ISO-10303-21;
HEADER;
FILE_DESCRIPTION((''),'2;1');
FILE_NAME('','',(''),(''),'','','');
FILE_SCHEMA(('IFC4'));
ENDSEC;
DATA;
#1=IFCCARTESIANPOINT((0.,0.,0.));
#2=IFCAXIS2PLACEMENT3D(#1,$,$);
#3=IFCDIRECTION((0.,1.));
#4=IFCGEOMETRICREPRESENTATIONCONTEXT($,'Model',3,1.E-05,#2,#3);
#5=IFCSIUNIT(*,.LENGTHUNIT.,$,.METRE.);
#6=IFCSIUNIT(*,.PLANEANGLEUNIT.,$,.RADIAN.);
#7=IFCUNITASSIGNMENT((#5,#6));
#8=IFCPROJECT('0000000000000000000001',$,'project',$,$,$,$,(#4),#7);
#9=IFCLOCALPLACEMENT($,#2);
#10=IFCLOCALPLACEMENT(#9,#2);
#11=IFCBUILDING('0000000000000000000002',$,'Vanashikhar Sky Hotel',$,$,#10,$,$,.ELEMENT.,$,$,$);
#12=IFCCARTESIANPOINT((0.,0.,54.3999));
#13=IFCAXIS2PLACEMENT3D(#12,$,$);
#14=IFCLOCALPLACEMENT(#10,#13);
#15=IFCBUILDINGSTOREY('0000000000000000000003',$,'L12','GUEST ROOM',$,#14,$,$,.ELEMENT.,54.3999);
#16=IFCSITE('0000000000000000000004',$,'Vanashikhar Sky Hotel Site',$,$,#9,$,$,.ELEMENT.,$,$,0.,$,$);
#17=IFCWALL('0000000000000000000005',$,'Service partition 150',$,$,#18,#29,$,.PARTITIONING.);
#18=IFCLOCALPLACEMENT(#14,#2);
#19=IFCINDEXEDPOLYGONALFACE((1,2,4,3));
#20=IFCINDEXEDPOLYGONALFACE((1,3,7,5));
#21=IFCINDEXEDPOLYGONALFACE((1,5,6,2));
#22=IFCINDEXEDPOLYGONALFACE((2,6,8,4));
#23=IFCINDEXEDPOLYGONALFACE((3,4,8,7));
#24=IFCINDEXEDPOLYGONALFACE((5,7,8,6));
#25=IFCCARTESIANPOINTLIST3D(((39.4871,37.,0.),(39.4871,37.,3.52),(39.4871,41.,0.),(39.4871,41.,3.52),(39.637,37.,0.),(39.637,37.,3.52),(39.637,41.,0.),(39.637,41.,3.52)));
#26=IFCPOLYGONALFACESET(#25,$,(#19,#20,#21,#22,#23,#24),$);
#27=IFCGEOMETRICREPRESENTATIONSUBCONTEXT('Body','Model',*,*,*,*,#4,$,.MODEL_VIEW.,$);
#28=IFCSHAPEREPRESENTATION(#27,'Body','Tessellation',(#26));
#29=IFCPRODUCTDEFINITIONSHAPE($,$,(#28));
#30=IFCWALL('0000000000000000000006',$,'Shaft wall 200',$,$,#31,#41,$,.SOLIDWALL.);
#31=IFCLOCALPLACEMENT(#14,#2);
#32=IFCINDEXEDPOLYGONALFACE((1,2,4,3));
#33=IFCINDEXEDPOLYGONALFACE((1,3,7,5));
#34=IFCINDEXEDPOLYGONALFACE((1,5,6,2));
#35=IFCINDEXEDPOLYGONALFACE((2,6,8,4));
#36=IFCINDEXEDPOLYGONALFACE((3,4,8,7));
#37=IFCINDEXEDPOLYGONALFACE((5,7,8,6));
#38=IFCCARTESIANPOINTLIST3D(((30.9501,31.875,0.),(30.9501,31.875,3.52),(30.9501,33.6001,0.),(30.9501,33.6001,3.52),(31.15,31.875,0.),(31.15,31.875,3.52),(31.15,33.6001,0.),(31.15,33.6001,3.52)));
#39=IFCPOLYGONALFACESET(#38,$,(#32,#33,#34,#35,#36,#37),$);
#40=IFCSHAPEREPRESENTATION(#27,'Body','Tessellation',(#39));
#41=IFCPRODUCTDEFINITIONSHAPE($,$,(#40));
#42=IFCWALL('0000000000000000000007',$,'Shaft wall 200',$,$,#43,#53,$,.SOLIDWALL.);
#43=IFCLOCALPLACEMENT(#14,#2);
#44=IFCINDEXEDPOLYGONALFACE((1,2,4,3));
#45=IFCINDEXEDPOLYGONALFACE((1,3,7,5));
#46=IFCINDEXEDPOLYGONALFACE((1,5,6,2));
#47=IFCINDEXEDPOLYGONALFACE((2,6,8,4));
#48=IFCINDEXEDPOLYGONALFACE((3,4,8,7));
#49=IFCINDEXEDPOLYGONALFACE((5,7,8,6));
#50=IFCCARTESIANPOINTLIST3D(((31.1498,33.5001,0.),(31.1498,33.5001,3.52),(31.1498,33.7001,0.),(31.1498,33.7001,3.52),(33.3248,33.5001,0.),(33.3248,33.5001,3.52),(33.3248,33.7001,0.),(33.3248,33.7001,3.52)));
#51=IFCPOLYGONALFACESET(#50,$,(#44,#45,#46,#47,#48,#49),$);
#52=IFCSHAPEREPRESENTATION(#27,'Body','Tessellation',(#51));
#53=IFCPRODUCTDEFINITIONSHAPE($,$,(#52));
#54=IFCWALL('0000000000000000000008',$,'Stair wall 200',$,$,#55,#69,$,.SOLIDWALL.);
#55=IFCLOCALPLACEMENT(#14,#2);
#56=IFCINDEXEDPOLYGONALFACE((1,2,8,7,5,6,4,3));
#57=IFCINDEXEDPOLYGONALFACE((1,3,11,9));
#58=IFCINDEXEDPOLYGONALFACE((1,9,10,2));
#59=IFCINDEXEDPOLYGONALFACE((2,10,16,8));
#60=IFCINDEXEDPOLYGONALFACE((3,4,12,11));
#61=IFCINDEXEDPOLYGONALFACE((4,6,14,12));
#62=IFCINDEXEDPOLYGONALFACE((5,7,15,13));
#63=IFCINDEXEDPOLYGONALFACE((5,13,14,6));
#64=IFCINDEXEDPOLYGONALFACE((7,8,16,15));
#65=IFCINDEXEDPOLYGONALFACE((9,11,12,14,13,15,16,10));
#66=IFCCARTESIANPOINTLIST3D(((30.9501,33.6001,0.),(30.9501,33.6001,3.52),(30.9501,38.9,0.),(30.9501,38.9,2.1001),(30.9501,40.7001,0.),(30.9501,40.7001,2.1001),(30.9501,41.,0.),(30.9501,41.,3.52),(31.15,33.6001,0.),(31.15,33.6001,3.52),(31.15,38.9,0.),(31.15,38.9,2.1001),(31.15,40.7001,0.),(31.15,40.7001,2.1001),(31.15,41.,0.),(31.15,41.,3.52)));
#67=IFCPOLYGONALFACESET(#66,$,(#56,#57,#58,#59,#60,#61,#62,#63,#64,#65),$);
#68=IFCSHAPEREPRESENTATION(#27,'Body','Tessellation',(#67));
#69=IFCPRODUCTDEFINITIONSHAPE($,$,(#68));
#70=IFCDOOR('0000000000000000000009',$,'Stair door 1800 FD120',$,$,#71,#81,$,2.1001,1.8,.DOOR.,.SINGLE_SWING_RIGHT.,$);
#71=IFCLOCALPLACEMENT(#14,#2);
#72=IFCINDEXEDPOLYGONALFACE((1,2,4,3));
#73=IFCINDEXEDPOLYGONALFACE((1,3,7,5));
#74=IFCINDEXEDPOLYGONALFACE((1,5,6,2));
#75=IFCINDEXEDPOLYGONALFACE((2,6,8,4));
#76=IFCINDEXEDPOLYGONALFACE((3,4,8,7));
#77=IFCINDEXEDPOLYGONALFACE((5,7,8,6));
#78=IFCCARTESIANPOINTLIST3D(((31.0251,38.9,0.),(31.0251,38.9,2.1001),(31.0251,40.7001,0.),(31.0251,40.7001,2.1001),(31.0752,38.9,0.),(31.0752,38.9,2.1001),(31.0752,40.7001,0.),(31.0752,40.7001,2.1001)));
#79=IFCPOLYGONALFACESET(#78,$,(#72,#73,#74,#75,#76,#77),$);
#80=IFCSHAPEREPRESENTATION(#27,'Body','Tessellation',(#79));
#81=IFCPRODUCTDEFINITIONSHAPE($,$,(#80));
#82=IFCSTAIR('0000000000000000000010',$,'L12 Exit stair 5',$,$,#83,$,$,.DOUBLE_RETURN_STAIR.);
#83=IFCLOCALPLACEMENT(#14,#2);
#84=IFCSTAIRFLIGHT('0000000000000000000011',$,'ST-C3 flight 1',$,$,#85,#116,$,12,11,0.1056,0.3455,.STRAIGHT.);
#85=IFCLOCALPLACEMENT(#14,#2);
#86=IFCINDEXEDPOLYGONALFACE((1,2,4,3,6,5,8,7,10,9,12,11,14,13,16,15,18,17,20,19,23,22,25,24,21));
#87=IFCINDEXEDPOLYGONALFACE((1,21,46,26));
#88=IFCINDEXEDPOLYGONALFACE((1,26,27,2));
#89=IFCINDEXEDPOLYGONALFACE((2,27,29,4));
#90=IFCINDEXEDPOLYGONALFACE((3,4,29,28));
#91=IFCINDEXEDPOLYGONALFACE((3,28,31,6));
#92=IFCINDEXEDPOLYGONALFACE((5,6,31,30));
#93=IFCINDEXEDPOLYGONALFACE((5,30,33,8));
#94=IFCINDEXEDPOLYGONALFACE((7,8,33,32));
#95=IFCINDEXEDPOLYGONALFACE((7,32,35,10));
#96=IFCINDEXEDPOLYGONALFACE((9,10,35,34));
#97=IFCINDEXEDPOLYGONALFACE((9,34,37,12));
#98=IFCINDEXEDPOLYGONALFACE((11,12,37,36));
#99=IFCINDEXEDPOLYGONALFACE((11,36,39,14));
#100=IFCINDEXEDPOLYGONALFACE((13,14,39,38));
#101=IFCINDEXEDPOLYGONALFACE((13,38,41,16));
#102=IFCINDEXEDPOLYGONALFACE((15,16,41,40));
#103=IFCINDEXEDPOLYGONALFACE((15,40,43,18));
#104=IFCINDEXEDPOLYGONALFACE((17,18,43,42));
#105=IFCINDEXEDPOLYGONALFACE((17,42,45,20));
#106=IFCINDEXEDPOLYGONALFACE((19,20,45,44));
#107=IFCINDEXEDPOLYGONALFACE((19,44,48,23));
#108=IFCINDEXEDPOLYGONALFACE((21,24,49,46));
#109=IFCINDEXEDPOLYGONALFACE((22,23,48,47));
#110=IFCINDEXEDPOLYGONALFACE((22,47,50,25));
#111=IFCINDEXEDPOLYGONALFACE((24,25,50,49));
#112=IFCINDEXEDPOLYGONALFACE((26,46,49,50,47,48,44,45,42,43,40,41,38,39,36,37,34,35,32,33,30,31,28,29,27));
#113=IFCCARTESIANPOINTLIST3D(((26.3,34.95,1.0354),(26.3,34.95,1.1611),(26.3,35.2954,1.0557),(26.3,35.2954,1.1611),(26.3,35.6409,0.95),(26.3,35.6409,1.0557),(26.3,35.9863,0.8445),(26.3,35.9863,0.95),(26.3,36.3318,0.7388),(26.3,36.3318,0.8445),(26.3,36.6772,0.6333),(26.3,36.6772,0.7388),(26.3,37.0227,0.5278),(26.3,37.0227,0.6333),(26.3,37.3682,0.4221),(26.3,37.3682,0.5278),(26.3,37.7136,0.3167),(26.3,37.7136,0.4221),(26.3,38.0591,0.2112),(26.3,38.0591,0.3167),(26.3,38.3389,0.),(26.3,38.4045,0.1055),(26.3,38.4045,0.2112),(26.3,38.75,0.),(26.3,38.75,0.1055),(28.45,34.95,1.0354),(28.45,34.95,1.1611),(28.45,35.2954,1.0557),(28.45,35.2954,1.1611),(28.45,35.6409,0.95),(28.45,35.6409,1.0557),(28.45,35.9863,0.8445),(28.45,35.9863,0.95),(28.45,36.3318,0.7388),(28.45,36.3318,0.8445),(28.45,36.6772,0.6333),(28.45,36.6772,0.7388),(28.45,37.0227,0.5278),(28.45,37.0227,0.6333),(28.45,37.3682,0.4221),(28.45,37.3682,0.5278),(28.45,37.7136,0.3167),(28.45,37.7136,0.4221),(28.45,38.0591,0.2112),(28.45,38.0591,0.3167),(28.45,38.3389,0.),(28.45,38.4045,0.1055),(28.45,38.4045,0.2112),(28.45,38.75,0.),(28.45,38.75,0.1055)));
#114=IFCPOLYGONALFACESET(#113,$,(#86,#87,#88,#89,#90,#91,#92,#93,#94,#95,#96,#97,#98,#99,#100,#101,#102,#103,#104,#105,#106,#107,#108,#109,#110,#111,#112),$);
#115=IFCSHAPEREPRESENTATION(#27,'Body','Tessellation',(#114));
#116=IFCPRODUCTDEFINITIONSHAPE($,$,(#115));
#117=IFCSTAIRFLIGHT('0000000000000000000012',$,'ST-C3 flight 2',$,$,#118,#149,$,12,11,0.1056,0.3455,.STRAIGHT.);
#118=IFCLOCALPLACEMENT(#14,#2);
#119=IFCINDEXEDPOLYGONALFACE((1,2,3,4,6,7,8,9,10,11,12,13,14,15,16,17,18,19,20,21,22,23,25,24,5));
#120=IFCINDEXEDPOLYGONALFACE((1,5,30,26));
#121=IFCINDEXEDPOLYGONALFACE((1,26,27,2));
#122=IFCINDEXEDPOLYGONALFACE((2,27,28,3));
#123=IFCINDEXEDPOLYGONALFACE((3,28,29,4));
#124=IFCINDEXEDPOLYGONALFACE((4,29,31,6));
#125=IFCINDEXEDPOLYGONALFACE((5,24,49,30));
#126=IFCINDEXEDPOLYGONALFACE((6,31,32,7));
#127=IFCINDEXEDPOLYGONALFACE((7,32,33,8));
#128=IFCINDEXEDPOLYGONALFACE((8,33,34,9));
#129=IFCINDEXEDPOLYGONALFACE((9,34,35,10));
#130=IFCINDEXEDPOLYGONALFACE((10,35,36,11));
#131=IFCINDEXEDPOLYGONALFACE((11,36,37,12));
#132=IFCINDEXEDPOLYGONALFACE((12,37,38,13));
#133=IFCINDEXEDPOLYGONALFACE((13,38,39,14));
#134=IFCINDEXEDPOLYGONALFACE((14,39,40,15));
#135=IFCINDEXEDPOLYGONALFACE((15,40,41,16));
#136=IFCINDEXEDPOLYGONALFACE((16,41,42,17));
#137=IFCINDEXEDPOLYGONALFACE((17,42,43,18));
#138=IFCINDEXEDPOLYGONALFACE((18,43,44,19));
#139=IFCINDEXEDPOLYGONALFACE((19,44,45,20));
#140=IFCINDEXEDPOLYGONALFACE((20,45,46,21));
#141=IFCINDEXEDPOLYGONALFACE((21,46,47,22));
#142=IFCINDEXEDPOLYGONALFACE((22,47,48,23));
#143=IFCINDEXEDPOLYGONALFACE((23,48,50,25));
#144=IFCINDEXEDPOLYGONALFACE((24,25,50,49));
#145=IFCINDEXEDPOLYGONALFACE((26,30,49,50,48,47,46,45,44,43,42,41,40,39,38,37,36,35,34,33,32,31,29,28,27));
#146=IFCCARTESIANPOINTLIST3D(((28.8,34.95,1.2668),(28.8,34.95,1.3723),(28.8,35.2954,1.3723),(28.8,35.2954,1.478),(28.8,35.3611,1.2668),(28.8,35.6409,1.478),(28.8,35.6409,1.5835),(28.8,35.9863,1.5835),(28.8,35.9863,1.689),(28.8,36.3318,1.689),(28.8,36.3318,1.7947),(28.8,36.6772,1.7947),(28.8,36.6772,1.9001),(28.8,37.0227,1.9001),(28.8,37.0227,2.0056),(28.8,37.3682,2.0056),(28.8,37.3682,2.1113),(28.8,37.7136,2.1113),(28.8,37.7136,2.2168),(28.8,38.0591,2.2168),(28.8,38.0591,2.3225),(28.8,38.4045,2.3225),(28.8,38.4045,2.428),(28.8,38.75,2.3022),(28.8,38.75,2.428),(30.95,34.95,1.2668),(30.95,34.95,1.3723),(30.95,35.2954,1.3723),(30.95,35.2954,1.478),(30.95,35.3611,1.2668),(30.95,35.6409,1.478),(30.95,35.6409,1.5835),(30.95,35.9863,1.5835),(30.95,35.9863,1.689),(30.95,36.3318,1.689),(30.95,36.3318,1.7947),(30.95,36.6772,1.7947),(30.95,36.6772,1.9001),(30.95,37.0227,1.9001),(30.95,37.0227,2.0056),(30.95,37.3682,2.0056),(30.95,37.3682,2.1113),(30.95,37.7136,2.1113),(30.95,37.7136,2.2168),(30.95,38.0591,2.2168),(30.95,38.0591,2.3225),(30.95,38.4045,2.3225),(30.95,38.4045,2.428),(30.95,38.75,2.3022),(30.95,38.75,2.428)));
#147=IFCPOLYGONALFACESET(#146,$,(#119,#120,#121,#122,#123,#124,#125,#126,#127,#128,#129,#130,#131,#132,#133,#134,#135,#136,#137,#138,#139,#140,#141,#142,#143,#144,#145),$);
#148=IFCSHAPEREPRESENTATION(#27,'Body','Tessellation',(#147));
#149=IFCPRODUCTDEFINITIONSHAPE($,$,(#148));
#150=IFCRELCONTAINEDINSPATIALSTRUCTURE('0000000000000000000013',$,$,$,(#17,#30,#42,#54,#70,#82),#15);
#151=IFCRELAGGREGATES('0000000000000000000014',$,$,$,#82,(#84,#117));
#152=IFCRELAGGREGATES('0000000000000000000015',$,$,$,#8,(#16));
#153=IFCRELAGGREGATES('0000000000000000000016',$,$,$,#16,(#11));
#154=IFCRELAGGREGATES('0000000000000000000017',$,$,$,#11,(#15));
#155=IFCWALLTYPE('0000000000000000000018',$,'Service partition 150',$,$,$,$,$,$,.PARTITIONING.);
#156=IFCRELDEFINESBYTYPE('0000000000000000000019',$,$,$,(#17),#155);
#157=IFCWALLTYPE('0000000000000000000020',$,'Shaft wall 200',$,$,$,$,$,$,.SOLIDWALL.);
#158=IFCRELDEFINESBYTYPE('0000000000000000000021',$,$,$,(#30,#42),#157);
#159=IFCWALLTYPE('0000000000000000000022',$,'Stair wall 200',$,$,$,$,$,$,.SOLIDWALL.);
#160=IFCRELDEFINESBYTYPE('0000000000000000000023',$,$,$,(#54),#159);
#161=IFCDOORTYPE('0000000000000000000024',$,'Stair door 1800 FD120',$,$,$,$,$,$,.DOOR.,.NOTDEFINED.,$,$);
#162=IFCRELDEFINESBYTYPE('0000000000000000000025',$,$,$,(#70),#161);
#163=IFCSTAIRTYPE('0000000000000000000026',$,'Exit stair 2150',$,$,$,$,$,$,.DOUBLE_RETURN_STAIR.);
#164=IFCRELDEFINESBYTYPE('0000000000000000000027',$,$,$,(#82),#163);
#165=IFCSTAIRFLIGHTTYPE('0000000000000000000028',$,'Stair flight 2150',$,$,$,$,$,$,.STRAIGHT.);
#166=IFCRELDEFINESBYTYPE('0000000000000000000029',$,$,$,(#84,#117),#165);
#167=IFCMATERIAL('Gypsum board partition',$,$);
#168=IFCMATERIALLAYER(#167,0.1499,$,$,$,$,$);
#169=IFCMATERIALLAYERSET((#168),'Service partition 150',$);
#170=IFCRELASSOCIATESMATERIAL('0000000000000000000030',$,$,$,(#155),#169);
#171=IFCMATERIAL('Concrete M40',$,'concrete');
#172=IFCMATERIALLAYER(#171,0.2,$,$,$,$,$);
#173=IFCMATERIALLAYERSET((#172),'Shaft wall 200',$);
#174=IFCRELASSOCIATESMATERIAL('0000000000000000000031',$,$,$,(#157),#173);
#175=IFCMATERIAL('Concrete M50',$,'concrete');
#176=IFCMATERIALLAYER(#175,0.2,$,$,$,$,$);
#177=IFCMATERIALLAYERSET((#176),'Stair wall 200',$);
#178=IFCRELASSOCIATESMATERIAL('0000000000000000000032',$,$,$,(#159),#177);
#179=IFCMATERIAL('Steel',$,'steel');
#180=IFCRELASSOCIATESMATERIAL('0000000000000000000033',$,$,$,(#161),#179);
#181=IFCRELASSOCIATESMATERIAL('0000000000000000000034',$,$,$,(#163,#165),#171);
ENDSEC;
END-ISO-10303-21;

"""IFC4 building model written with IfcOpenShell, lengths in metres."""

from ifc_helpers import new_model, si_unit, direction, frame, frame_2d, origin, place, context, subcontext, project, spatial, polyline, rectangle, outline, extrude, source, transform, mapped, material, layer, layer_set, type_object, element, fill, aggregate, save


model = new_model("IFC4")

# Units and contexts
model_context = context("Model", 3, precision=1e-05, world=origin(), true_north=direction((0.0, 1.0)))
body_context = subcontext(model_context, "Body", "Model", "MODEL_VIEW")
ifc_project = project(units=[si_unit("LENGTHUNIT", "METRE"), si_unit("PLANEANGLEUNIT", "RADIAN")], contexts=[model_context])

# Site, building, storey
site_placement = place(None, origin())
site = spatial("IfcSite", under=ifc_project, at=site_placement, Name="Vanashikhar Sky Hotel Site", CompositionType="ELEMENT", RefElevation=0.0)
building_placement = place(site_placement, origin())
building = spatial("IfcBuilding", under=site, at=building_placement, Name="Vanashikhar Sky Hotel", CompositionType="ELEMENT")
storey_placement = place(building_placement, frame((0.0, 0.0, 54.3999)))
storey = spatial("IfcBuildingStorey", under=building, at=storey_placement, Name="L12", Description="GUEST ROOM", CompositionType="ELEMENT", Elevation=54.3999)

# Shared definitions
ifc_material_1 = material(Name="Steel", Category="steel")
ifc_material_2 = material(Name="Gypsum board partition")
ifc_layer_1 = layer(ifc_material_2, 0.1499)
ifc_layer_set_1 = layer_set([ifc_layer_1], Name="Service partition 150")
wall_type_1 = type_object("IfcWallType", Name="Service partition 150", PredefinedType="PARTITIONING", material=ifc_layer_set_1)

# Walls
shared_shape_1 = source(origin(), body_context, "Body", "SweptSolid", [
    extrude(rectangle(XDim=4.0, YDim=0.1499, at=frame_2d((2.0, 0.0))), origin(), (0.0, 0.0, 1.0), 3.52),
])
for number, where, z_axis, x_axis, name in (
    (1, (39.562, 37.0, 0.0), (0.0, 0.0, 1.0), (0.0, 1.0, 0.0), "Service partition 150"),
):
    element("IfcWall", number, at=place(storey_placement, frame(where, z_axis=z_axis, x_axis=x_axis)), inside=storey, type_object=wall_type_1, Name=name, PredefinedType="PARTITIONING", context=body_context, shape_type="MappedRepresentation", body=[
        mapped(shared_shape_1, transform((0.0, 0.0, 0.0), scale=1.0)),
    ])
ifc_material_3 = material(Name="Concrete M40", Category="concrete")
ifc_layer_2 = layer(ifc_material_3, 0.2)
ifc_layer_set_2 = layer_set([ifc_layer_2], Name="Shaft wall 200")
wall_type_2 = type_object("IfcWallType", Name="Shaft wall 200", PredefinedType="SOLIDWALL", material=ifc_layer_set_2)
shared_shape_2 = source(origin(), body_context, "Body", "SweptSolid", [
    extrude(rectangle(XDim=1.7251, YDim=0.2, at=frame_2d((0.8625, 0.0))), origin(), (0.0, 0.0, 1.0), 3.52),
])
wall_1_placement = place(storey_placement, frame((31.05, 31.875, 0.0), z_axis=(0.0, 0.0, 1.0), x_axis=(0.0, 1.0, 0.0)))
element("IfcWall", 2, at=wall_1_placement, inside=storey, type_object=wall_type_2, Name="Shaft wall 200", PredefinedType="SOLIDWALL", context=body_context, shape_type="MappedRepresentation", body=[
    mapped(shared_shape_2, transform((0.0, 0.0, 0.0), scale=1.0)),
])
shared_shape_3 = source(origin(), body_context, "Body", "SweptSolid", [
    extrude(rectangle(XDim=2.175, YDim=0.2, at=frame_2d((1.0874, 0.0))), origin(), (0.0, 0.0, 1.0), 3.52),
])
wall_2_placement = place(storey_placement, frame((31.1499, 33.6001, 0.0), z_axis=(0.0, 0.0, 1.0), x_axis=(1.0, 0.0, 0.0)))
element("IfcWall", 3, at=wall_2_placement, inside=storey, type_object=wall_type_2, Name="Shaft wall 200", PredefinedType="SOLIDWALL", context=body_context, shape_type="MappedRepresentation", body=[
    mapped(shared_shape_3, transform((0.0, 0.0, 0.0), scale=1.0)),
])

# Wall, opening, door
ifc_material_4 = material(Name="Concrete M50", Category="concrete")
ifc_layer_3 = layer(ifc_material_4, 0.2)
ifc_layer_set_3 = layer_set([ifc_layer_3], Name="Stair wall 200")
wall_type_3 = type_object("IfcWallType", Name="Stair wall 200", PredefinedType="SOLIDWALL", material=ifc_layer_set_3)
shared_shape_4 = source(origin(), body_context, "Body", "SweptSolid", [
    extrude(rectangle(XDim=7.3999, YDim=0.2, at=frame_2d((3.7, 0.0))), origin(), (0.0, 0.0, 1.0), 3.52),
])
wall_3_placement = place(storey_placement, frame((31.05, 33.6001, 0.0), z_axis=(0.0, 0.0, 1.0), x_axis=(0.0, 1.0, 0.0)))
wall_3 = element("IfcWall", 4, at=wall_3_placement, inside=storey, type_object=wall_type_3, Name="Stair wall 200", PredefinedType="SOLIDWALL", context=body_context, shape_type="MappedRepresentation", body=[
    mapped(shared_shape_4, transform((0.0, 0.0, 0.0), scale=1.0)),
])
shared_shape_5 = source(origin(), body_context, "Body", "SweptSolid", [
    extrude(rectangle(XDim=1.8, YDim=2.1001, at=frame_2d((0.8999, 1.05))), frame((0.0, 0.1099, 0.0), z_axis=(0.0, -1.0, 0.0), x_axis=(1.0, 0.0, 0.0)), (0.0, 0.0, 1.0), 0.22),
])
opening_1_placement = place(wall_3_placement, frame((5.3, 0.0, 0.0)))
opening_1 = element("IfcOpeningElement", 5, at=opening_1_placement, cuts=wall_3, PredefinedType="OPENING", context=body_context, shape_type="MappedRepresentation", body=[
    mapped(shared_shape_5, transform((0.0, 0.0, 0.0), scale=1.0)),
])
door_type_1 = type_object("IfcDoorType", Name="Stair door 1800 FD120", OperationType="NOTDEFINED", PredefinedType="DOOR", material=ifc_material_1)
shared_shape_6 = source(origin(), body_context, "Body", "SweptSolid", [
    extrude(rectangle(XDim=1.8, YDim=2.1001, at=frame_2d((0.8999, 1.05))), frame((0.0, 0.0249, 0.0), z_axis=(0.0, -1.0, 0.0), x_axis=(1.0, 0.0, 0.0)), (0.0, 0.0, 1.0), 0.05),
])
door_1_placement = place(opening_1_placement, origin())
door_1 = element("IfcDoor", 6, at=door_1_placement, inside=storey, type_object=door_type_1, Name="Stair door 1800 FD120", OperationType="SINGLE_SWING_RIGHT", OverallHeight=2.1001, OverallWidth=1.8, PredefinedType="DOOR", context=body_context, shape_type="MappedRepresentation", body=[
    mapped(shared_shape_6, transform((0.0, 0.0, 0.0), scale=1.0)),
])
fill(opening_1, door_1)

# Stair, stair flights
stair_type = type_object("IfcStairType", Name="Exit stair 2150", PredefinedType="DOUBLE_RETURN_STAIR", material=ifc_material_3)
stair_placement = place(storey_placement, origin())
stair = element("IfcStair", 7, at=stair_placement, inside=storey, type_object=stair_type, Name="L12 Exit stair 5", PredefinedType="DOUBLE_RETURN_STAIR")
stair_flight_type = type_object("IfcStairFlightType", Name="Stair flight 2150", PredefinedType="STRAIGHT", material=ifc_material_3)
shared_shape_7 = source(origin(), body_context, "Body", "SweptSolid", [
    extrude(outline(polyline([(0.0, 0.0), (0.0, 0.1055), (0.3455, 0.1055), (0.3455, 0.2112), (0.6909, 0.2112), (0.6909, 0.3167), (1.0364, 0.3167), (1.0364, 0.4221), (1.3818, 0.4221), (1.3818, 0.5278), (1.7273, 0.5278), (1.7273, 0.6333), (2.0728, 0.6333), (2.0728, 0.7388), (2.4182, 0.7388), (2.4182, 0.8445), (2.7637, 0.8445), (2.7637, 0.95), (3.1091, 0.95), (3.1091, 1.0557), (3.4546, 1.0557), (3.4546, 1.1611), (3.8, 1.1611), (3.8, 1.2666), (3.8, 1.0354), (0.4111, 0.0), (0.0, 0.0)])), frame((0.0, 1.075, 0.0), z_axis=(0.0, -1.0, 0.0), x_axis=(1.0, 0.0, 0.0)), (0.0, 0.0, 1.0), 2.1499),
])
stair_flight_1_placement = place(storey_placement, frame((27.375, 38.75, 0.0), z_axis=(0.0, 0.0, 1.0), x_axis=(0.0, -1.0, 0.0)))
stair_flight_1 = element("IfcStairFlight", 8, at=stair_flight_1_placement, type_object=stair_flight_type, Name="ST-C3 flight 1", NumberOfRisers=12, NumberOfTreads=11, PredefinedType="STRAIGHT", RiserHeight=0.1056, TreadLength=0.3455, context=body_context, shape_type="MappedRepresentation", body=[
    mapped(shared_shape_7, transform((0.0, 0.0, 0.0), scale=1.0)),
])
stair_flight_2_placement = place(storey_placement, frame((29.875, 34.95, 1.2668), z_axis=(0.0, 0.0, 1.0), x_axis=(0.0, 1.0, 0.0)))
stair_flight_2 = element("IfcStairFlight", 9, at=stair_flight_2_placement, type_object=stair_flight_type, Name="ST-C3 flight 2", NumberOfRisers=12, NumberOfTreads=11, PredefinedType="STRAIGHT", RiserHeight=0.1056, TreadLength=0.3455, context=body_context, shape_type="MappedRepresentation", body=[
    mapped(shared_shape_7, transform((0.0, 0.0, 0.0), scale=1.0)),
])
aggregate(stair, [stair_flight_1, stair_flight_2])

save(model, "model.ifc")
